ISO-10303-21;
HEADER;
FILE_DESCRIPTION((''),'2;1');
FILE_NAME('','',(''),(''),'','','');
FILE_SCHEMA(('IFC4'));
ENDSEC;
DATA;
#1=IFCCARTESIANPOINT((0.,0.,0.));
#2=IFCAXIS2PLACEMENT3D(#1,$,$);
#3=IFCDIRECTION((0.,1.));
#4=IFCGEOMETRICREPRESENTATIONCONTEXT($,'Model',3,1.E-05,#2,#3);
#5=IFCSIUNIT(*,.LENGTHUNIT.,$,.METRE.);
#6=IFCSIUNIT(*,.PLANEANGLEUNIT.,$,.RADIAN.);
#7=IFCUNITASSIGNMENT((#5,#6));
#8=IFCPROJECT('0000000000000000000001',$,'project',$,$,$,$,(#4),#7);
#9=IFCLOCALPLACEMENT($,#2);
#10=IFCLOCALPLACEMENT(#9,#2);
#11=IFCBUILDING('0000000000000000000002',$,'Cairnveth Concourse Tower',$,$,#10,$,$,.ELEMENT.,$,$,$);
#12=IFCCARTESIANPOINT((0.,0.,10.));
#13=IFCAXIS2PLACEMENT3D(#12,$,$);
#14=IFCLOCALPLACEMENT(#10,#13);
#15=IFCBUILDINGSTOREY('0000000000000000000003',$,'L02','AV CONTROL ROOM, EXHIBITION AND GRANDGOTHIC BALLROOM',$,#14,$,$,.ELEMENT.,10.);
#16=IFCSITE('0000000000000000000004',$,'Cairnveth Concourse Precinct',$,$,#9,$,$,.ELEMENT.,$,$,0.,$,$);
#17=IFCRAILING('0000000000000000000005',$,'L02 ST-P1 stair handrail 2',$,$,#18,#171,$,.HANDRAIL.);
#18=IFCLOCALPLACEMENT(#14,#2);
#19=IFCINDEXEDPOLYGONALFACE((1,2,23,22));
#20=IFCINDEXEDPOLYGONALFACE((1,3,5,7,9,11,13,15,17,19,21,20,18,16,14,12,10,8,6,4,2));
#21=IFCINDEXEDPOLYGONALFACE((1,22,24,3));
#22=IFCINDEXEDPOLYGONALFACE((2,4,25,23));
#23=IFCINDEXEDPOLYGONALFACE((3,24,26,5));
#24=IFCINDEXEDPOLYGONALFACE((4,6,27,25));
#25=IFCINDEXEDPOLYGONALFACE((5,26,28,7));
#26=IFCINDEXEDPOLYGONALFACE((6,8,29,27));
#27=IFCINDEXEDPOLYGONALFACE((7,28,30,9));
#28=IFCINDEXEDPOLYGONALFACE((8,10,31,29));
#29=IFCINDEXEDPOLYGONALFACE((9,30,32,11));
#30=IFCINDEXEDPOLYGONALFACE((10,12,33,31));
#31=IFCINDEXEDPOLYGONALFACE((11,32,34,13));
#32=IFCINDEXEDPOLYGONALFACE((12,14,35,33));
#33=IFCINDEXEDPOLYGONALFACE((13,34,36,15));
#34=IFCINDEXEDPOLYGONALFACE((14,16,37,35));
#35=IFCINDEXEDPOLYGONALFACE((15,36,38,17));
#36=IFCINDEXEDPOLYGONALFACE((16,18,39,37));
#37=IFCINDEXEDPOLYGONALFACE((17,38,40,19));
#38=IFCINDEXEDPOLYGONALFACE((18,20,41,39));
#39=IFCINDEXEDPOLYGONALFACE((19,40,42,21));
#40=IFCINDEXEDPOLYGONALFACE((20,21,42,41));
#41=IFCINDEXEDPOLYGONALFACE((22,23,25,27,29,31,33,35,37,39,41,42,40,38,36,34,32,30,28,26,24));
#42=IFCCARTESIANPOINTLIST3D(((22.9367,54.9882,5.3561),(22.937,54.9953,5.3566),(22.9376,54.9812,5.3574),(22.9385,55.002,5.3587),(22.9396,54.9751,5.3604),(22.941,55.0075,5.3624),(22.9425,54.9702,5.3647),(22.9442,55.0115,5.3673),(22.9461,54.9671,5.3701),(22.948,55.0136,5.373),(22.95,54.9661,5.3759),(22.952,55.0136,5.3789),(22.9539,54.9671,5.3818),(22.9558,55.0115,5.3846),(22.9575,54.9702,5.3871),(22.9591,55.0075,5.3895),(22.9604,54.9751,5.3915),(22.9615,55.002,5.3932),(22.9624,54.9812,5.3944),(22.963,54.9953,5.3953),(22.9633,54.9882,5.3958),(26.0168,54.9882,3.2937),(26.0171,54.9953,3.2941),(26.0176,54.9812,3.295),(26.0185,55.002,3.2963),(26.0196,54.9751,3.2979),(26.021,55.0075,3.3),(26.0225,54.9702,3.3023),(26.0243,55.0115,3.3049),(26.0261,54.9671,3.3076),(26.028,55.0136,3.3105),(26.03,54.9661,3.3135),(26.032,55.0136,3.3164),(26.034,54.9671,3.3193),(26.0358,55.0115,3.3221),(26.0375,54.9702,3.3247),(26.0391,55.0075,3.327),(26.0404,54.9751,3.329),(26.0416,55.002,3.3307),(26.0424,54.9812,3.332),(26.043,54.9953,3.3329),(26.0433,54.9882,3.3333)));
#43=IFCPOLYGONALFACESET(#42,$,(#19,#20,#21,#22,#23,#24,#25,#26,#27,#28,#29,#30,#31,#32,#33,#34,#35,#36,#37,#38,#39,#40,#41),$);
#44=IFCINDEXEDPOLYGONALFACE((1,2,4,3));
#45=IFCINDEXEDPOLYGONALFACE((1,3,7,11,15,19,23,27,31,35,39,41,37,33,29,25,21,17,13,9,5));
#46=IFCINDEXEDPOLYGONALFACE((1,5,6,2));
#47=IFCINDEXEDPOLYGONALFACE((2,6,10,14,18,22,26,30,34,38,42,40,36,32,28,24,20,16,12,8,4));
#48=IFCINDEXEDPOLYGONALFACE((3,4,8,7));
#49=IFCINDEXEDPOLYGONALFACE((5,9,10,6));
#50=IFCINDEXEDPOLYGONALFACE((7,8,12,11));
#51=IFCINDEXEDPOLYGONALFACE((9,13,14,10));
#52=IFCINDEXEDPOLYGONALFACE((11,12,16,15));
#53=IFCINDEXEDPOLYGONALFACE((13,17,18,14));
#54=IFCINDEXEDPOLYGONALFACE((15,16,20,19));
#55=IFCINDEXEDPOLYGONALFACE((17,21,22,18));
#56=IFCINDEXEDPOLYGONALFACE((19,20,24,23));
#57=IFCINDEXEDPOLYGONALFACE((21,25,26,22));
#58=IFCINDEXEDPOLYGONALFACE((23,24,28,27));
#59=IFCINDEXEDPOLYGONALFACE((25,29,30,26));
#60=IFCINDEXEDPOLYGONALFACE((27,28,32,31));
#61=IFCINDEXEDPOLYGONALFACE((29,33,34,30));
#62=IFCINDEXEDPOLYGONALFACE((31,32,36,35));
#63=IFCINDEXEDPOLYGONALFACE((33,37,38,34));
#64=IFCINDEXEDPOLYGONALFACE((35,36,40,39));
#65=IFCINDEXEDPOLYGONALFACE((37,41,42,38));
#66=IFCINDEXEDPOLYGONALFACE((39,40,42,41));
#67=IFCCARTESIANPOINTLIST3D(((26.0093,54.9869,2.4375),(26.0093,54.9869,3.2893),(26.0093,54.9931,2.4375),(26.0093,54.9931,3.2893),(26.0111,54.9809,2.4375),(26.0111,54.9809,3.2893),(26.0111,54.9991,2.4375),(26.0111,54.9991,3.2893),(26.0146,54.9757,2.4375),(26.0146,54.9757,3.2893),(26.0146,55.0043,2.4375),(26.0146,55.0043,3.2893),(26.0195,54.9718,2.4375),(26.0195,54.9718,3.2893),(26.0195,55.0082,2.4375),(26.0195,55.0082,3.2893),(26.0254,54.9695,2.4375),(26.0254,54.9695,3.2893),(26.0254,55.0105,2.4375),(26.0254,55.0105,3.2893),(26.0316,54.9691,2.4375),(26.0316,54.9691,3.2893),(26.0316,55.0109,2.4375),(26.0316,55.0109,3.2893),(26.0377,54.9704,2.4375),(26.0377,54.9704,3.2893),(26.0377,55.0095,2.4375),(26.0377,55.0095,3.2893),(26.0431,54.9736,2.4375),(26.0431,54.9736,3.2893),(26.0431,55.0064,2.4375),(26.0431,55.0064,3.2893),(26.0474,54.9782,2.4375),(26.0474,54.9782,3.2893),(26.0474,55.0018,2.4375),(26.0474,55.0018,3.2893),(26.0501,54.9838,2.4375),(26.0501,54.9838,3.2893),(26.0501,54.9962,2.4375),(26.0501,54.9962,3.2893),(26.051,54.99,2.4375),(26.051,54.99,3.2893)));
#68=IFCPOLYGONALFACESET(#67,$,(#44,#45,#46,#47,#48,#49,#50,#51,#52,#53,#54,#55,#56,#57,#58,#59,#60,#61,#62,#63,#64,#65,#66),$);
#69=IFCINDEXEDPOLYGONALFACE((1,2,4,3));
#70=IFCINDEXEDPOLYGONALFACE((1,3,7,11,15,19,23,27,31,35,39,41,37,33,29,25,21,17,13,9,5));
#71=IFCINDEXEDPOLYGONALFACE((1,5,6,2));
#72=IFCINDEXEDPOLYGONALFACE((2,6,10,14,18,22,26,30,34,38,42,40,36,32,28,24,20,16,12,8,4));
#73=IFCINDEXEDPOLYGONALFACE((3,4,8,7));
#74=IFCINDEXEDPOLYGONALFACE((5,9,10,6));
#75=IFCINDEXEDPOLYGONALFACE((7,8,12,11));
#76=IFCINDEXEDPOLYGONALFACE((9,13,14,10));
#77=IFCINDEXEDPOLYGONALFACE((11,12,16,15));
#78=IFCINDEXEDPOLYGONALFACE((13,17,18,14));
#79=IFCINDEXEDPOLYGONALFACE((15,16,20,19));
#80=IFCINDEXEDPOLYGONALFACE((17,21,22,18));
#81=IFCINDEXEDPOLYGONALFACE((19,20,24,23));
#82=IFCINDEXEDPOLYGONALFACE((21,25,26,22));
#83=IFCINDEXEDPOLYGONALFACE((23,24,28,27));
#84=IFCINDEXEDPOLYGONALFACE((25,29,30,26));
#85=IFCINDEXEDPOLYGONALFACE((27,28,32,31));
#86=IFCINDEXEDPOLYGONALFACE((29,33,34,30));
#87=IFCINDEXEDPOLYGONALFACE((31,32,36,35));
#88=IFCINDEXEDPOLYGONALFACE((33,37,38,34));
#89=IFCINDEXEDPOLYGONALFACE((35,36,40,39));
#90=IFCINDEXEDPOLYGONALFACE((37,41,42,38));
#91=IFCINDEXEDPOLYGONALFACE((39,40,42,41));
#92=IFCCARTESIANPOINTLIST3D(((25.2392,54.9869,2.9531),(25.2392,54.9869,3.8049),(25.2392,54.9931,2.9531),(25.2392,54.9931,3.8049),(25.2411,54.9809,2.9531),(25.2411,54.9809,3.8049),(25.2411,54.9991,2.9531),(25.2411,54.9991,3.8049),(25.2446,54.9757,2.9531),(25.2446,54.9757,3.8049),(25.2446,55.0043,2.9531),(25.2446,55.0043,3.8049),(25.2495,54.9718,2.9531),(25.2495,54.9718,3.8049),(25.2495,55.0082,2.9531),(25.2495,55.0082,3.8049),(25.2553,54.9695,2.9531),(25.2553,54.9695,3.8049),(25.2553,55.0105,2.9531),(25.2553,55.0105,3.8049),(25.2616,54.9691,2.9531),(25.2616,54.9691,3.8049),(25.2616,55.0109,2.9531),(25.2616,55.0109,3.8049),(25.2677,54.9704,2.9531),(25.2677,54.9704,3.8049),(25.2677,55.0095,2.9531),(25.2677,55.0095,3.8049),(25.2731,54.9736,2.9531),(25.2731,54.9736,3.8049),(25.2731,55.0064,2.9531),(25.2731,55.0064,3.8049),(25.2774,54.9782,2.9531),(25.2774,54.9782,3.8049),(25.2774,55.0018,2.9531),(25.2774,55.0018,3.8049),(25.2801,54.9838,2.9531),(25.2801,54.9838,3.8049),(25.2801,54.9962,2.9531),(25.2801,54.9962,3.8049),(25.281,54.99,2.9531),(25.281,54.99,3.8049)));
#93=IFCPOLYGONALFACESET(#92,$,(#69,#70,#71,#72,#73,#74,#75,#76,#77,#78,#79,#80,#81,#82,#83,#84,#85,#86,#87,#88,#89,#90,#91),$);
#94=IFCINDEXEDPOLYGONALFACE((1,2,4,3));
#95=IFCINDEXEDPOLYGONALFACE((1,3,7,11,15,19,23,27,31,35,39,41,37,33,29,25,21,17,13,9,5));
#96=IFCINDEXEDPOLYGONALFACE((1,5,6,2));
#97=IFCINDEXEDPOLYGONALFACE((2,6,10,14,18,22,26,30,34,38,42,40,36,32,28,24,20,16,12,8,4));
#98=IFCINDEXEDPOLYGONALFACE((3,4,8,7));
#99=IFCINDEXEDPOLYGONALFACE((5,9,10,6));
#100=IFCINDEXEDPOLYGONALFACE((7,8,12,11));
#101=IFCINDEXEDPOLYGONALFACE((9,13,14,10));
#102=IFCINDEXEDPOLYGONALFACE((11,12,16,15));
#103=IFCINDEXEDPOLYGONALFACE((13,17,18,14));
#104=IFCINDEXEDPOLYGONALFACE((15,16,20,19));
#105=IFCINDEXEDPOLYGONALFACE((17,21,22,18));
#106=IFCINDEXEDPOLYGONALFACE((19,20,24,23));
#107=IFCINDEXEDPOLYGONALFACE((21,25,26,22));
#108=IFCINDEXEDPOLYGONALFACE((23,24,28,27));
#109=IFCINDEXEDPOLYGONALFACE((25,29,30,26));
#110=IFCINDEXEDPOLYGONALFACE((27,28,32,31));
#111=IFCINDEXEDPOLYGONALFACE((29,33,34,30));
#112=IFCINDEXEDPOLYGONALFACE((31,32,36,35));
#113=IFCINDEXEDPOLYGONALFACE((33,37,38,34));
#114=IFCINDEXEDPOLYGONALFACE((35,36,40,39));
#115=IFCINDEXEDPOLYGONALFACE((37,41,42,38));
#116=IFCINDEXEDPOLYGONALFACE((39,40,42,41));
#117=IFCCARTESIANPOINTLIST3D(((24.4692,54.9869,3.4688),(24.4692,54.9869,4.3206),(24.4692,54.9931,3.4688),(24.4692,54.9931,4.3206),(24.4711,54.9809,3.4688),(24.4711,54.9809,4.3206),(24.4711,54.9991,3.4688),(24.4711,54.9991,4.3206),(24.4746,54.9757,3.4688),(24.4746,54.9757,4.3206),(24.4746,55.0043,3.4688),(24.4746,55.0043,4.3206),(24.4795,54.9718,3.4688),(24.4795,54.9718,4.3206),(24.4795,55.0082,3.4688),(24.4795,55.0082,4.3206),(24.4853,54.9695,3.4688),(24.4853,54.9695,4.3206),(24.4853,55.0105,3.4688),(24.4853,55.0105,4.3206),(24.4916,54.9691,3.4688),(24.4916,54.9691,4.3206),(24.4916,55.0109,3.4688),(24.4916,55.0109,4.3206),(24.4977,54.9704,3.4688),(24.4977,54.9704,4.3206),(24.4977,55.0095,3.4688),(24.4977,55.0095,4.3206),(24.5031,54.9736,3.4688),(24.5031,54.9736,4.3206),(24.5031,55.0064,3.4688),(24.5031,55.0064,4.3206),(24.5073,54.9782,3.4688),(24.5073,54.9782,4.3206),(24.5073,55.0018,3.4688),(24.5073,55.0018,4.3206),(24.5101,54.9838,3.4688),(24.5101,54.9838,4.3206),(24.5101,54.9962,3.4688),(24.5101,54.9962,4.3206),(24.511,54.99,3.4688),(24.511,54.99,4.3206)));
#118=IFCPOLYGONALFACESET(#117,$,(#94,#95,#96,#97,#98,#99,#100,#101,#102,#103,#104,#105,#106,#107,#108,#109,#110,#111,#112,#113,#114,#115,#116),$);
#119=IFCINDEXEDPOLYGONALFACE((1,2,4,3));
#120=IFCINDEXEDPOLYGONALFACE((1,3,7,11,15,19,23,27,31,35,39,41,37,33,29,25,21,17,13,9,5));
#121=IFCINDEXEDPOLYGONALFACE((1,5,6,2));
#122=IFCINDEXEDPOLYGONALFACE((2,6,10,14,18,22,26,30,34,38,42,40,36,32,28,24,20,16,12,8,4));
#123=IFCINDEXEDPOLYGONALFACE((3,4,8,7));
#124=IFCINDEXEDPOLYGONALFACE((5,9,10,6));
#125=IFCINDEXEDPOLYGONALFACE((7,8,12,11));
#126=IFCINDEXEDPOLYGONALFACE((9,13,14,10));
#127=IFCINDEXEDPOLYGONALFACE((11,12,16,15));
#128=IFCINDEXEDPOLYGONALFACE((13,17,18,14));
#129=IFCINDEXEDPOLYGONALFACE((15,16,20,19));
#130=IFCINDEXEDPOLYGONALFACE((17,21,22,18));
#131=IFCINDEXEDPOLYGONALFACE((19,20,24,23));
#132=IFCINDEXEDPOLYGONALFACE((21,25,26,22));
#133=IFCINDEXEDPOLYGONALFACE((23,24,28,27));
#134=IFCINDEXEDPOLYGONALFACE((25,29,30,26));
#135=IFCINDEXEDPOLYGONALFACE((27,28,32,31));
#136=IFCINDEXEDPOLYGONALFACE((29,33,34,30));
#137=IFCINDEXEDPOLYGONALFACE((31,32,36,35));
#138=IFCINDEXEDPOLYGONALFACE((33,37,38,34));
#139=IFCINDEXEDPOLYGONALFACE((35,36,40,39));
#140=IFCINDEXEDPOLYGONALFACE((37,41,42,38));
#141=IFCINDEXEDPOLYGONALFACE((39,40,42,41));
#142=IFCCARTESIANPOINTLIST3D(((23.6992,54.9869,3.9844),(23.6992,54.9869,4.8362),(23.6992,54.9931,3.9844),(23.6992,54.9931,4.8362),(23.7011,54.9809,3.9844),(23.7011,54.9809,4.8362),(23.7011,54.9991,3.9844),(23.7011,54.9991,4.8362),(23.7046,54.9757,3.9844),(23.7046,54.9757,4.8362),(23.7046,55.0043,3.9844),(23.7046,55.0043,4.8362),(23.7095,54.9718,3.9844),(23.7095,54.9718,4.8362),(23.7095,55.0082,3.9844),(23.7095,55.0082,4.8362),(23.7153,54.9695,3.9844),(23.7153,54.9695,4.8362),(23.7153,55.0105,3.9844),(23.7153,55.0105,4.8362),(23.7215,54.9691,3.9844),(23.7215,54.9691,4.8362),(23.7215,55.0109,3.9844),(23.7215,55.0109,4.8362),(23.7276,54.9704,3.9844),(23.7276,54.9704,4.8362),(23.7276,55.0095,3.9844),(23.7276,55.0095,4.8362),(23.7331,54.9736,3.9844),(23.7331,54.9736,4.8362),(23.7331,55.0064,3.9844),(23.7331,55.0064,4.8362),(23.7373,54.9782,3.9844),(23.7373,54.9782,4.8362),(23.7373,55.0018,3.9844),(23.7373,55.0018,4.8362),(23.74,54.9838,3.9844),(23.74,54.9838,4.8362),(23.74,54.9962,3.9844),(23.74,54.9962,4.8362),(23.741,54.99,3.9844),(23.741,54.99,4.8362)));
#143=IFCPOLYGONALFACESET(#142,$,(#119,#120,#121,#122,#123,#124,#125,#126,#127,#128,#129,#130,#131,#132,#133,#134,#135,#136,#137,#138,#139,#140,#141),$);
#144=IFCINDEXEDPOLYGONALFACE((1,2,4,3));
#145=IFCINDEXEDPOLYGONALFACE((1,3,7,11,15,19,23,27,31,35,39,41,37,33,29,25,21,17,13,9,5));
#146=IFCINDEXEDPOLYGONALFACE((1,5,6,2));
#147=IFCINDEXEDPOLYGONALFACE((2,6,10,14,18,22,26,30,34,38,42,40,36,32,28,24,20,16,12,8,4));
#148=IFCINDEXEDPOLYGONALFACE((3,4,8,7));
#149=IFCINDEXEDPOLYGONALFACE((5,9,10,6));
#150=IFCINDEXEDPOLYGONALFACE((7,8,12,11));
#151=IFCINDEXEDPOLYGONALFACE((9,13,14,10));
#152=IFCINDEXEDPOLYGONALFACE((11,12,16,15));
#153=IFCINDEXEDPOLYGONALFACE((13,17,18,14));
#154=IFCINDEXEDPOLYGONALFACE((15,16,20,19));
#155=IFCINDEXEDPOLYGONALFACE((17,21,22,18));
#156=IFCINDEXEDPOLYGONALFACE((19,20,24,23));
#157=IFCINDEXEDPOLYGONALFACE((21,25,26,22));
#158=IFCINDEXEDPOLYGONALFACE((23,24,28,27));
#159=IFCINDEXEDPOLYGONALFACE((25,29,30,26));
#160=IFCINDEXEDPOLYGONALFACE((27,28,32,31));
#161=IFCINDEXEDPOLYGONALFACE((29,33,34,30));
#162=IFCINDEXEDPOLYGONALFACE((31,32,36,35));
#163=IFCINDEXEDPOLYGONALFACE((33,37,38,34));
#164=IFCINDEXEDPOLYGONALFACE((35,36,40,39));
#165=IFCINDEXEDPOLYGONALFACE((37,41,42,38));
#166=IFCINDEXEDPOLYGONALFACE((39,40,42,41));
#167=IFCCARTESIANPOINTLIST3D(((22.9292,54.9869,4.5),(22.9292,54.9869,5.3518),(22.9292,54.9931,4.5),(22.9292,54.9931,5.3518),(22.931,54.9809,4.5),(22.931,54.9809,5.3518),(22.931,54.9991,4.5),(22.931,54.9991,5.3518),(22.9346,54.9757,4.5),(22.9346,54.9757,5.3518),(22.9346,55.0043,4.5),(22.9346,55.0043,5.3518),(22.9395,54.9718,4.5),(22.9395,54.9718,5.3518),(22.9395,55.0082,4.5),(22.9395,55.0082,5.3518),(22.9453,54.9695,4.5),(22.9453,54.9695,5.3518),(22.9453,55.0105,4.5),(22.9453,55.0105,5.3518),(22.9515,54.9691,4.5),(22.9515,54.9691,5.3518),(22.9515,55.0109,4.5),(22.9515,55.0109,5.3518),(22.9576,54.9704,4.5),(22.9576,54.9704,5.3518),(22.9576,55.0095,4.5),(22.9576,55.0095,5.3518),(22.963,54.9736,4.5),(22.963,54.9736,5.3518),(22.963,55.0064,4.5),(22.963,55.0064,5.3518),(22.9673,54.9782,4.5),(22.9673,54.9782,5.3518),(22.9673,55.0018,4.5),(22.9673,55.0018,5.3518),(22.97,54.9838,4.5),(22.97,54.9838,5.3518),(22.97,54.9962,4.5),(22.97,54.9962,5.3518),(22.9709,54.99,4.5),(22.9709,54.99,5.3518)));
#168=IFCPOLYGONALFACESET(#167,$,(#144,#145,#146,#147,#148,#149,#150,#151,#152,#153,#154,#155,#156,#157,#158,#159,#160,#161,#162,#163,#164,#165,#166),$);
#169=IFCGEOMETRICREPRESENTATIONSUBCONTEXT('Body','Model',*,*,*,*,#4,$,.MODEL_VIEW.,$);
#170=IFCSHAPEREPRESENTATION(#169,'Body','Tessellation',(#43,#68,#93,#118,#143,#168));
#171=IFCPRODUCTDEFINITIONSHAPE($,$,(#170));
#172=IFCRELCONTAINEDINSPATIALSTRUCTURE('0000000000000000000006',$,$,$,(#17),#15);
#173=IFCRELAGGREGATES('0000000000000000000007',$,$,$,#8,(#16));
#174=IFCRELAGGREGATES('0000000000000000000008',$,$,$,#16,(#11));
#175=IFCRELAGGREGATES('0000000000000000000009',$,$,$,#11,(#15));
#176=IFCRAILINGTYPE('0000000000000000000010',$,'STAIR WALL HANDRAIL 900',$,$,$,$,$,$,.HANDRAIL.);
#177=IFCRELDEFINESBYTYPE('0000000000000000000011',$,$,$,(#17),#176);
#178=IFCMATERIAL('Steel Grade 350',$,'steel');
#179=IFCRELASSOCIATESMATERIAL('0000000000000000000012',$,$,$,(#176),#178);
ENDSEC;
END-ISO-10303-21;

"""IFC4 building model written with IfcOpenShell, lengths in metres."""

from ifc_helpers import new_model, si_unit, direction, frame, origin, origin_2d, place, context, subcontext, project, spatial, circle, extrude, material, type_object, element, save


model = new_model("IFC4")

# Units and contexts
model_context = context("Model", 3, precision=1e-05, world=origin(), true_north=direction((0.0, 1.0)))
body_context = subcontext(model_context, "Body", "Model", "MODEL_VIEW")
ifc_project = project(units=[si_unit("LENGTHUNIT", "METRE"), si_unit("PLANEANGLEUNIT", "RADIAN")], contexts=[model_context])

# Site, building, storey
site_placement = place(None, origin())
site = spatial("IfcSite", under=ifc_project, at=site_placement, Name="Cairnveth Concourse Precinct", CompositionType="ELEMENT", RefElevation=0.0)
building_placement = place(site_placement, origin())
building = spatial("IfcBuilding", under=site, at=building_placement, Name="Cairnveth Concourse Tower", CompositionType="ELEMENT")
storey_placement = place(building_placement, frame((0.0, 0.0, 10.0)))
storey = spatial("IfcBuildingStorey", under=building, at=storey_placement, Name="L02", Description="AV CONTROL ROOM, EXHIBITION AND GRANDGOTHIC BALLROOM", CompositionType="ELEMENT", Elevation=10.0)

# Shared definitions
ifc_material_1 = material(Name="Steel Grade 350", Category="steel")

# Railing
railing_type_1 = type_object("IfcRailingType", Name="STAIR WALL HANDRAIL 900", PredefinedType="HANDRAIL", material=ifc_material_1)
railing_1_placement = place(storey_placement, frame((26.03, 54.99, 2.4375)))
element("IfcRailing", 1, at=railing_1_placement, inside=storey, type_object=railing_type_1, Name="L02 ST-P1 stair handrail 2", PredefinedType="HANDRAIL", context=body_context, shape_type="SweptSolid", body=[
    extrude(circle(Radius=0.0239, at=origin_2d()), frame((0.0, 0.0, 0.876), z_axis=(-0.830914, 0.0, 0.556401), x_axis=(0.0, -1.0, 0.0)), (0.0, 0.0, 1.0), 3.7068),
    extrude(circle(Radius=0.021, at=origin_2d()), origin(), (0.0, 0.0, 1.0), 0.8518),
    extrude(circle(Radius=0.021, at=origin_2d()), frame((-0.77, 0.0, 0.5156)), (0.0, 0.0, 1.0), 0.8518),
    extrude(circle(Radius=0.021, at=origin_2d()), frame((-1.54, 0.0, 1.0312)), (0.0, 0.0, 1.0), 0.8518),
    extrude(circle(Radius=0.021, at=origin_2d()), frame((-2.3101, 0.0, 1.5469)), (0.0, 0.0, 1.0), 0.8518),
    extrude(circle(Radius=0.021, at=origin_2d()), frame((-3.0801, 0.0, 2.0625)), (0.0, 0.0, 1.0), 0.8518),
])

save(model, "model.ifc")
